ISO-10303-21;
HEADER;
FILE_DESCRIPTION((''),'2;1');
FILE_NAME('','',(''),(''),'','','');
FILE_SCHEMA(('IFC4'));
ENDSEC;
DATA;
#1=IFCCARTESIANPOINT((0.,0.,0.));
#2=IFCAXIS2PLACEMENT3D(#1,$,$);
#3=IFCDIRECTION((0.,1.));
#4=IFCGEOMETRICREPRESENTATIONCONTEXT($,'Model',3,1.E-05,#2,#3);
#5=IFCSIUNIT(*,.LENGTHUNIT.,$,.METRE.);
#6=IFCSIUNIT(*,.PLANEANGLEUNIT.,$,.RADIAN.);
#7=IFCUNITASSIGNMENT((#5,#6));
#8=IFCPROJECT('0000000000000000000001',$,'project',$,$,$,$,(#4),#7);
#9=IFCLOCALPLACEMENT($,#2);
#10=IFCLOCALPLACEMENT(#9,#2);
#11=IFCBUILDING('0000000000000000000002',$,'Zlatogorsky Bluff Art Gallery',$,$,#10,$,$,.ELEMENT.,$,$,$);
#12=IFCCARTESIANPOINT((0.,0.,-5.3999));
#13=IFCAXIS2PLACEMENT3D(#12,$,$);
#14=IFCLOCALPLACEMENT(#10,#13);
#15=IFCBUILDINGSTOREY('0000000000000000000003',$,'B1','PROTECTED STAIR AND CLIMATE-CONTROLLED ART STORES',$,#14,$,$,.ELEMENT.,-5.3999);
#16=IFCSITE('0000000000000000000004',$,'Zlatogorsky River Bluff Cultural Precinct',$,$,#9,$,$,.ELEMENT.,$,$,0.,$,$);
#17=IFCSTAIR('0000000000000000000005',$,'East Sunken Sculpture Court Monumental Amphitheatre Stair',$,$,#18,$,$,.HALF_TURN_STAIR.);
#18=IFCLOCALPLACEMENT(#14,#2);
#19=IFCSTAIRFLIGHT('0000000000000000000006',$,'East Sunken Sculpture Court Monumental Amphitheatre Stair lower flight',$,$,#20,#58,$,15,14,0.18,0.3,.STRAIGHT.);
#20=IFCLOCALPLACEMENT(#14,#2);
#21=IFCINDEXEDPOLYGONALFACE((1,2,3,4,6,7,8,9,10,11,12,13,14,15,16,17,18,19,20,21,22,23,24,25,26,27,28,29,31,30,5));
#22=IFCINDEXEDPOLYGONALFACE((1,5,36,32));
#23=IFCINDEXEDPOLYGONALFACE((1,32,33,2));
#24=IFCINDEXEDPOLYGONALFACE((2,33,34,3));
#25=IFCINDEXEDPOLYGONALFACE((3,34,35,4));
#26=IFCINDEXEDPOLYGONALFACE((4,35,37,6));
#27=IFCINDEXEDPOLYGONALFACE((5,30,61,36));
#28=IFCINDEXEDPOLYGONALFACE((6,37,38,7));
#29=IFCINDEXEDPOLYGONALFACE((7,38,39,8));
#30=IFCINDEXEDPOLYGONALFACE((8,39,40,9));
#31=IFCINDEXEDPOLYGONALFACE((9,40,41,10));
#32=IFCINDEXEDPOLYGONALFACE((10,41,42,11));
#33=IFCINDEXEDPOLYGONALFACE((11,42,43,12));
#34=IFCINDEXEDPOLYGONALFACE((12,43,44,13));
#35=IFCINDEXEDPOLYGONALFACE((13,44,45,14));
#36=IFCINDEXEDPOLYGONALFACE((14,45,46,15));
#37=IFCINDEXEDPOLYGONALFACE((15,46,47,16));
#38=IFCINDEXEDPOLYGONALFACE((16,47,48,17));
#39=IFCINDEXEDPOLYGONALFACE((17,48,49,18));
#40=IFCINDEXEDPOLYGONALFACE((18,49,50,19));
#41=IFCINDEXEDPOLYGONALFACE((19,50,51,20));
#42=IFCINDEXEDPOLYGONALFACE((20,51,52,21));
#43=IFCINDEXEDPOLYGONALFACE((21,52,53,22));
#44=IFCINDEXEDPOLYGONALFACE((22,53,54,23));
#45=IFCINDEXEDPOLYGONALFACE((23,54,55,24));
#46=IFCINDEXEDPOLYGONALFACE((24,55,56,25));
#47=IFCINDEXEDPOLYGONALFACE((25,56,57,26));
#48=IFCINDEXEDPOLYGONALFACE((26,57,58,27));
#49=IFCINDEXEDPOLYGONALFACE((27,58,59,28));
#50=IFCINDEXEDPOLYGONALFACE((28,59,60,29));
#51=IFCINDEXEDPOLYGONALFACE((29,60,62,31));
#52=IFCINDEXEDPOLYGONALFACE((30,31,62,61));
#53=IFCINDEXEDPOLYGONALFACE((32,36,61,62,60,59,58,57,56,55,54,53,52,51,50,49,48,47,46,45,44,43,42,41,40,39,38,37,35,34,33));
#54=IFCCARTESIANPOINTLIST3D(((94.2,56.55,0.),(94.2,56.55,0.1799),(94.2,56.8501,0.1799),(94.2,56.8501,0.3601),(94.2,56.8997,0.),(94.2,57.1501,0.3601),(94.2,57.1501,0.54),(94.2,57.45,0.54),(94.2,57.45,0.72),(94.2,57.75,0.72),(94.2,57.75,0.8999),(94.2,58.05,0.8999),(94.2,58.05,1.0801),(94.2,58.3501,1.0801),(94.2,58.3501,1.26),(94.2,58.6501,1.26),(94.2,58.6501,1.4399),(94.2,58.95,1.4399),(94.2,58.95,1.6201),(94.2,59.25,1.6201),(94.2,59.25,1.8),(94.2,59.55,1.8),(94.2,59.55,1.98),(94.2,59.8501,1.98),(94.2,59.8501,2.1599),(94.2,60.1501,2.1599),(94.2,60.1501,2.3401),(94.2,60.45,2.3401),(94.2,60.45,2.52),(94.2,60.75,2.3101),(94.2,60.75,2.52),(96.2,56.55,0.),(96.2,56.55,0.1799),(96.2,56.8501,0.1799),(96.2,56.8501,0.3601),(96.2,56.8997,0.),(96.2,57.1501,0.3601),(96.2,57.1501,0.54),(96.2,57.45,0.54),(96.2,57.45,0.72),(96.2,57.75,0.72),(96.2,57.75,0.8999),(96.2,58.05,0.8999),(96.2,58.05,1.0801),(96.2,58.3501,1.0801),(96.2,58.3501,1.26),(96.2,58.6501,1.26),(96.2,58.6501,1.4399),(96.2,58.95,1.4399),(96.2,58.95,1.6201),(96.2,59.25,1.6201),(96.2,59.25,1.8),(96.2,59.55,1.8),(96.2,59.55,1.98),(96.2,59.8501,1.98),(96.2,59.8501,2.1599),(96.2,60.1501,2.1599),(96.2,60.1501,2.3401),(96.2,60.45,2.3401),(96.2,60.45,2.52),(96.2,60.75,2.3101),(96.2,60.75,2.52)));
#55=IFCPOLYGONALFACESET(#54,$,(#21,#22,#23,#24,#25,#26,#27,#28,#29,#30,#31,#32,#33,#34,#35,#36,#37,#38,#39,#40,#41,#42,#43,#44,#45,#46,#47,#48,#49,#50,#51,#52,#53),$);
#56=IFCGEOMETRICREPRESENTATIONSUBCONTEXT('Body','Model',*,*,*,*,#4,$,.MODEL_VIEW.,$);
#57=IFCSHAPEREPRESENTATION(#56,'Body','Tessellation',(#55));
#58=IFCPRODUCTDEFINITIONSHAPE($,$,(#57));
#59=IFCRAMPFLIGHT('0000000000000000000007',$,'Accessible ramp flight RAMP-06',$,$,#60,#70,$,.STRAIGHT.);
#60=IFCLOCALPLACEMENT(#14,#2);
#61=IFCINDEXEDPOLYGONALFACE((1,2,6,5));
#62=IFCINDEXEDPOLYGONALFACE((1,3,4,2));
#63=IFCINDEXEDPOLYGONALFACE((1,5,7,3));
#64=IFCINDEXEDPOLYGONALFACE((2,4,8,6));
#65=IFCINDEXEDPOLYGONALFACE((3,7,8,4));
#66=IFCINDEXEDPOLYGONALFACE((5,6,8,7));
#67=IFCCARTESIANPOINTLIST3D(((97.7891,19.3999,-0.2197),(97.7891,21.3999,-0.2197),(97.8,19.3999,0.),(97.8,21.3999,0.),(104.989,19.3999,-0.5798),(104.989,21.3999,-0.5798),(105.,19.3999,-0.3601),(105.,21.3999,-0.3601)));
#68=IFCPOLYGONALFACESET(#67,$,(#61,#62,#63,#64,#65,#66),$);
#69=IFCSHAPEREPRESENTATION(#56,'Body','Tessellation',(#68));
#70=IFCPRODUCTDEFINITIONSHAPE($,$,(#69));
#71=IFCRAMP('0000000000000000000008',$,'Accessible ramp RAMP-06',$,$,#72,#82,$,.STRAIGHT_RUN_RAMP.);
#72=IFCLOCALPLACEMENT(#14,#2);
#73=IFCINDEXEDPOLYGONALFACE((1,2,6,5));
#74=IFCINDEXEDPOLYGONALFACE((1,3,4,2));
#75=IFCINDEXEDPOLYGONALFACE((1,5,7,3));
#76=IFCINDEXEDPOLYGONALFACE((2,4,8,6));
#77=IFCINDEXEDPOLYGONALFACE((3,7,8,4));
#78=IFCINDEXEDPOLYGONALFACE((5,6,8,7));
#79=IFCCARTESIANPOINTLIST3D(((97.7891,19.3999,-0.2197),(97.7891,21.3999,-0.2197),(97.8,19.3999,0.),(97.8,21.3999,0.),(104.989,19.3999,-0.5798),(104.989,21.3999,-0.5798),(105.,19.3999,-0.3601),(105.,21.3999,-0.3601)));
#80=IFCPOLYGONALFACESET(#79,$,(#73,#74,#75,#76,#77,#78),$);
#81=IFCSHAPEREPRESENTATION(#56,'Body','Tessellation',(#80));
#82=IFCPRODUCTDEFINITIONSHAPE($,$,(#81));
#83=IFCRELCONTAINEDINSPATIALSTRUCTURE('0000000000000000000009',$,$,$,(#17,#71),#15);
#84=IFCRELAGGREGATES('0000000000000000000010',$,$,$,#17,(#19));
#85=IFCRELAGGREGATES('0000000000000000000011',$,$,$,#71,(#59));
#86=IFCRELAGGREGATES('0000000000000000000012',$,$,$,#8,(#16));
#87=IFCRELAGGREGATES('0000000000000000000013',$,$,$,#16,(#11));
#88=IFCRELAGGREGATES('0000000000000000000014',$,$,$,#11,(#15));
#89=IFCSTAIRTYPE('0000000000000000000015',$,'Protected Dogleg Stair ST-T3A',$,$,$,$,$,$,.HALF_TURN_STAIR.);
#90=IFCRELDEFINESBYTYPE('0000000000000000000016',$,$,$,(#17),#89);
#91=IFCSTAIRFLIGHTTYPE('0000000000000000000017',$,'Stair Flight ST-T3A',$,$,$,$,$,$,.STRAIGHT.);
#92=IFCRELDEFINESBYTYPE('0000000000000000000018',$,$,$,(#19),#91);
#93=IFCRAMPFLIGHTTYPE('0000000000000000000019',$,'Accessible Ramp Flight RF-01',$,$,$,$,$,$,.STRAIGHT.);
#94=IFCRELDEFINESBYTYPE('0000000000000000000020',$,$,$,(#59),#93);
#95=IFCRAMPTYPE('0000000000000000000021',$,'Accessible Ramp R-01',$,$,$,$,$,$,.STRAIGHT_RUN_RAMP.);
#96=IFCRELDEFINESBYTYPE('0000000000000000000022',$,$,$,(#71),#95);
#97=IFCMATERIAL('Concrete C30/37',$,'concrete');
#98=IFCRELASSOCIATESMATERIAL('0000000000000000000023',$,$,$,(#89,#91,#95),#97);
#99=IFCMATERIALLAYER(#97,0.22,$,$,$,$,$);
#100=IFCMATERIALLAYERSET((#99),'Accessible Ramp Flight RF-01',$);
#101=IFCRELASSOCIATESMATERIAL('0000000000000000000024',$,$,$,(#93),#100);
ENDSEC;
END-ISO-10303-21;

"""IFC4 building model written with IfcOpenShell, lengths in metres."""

from ifc_helpers import new_model, si_unit, direction, frame, origin, place, context, subcontext, project, spatial, polyline, outline, extrude, material, layer, layer_set, type_object, element, aggregate, save


model = new_model("IFC4")

# Units and contexts
model_context = context("Model", 3, precision=1e-05, world=origin(), true_north=direction((0.0, 1.0)))
body_context = subcontext(model_context, "Body", "Model", "MODEL_VIEW")
ifc_project = project(units=[si_unit("LENGTHUNIT", "METRE"), si_unit("PLANEANGLEUNIT", "RADIAN")], contexts=[model_context])

# Site, building, storey
site_placement = place(None, origin())
site = spatial("IfcSite", under=ifc_project, at=site_placement, Name="Zlatogorsky River Bluff Cultural Precinct", CompositionType="ELEMENT", RefElevation=0.0)
building_placement = place(site_placement, origin())
building = spatial("IfcBuilding", under=site, at=building_placement, Name="Zlatogorsky Bluff Art Gallery", CompositionType="ELEMENT")
storey_placement = place(building_placement, frame((0.0, 0.0, -5.3999)))
storey = spatial("IfcBuildingStorey", under=building, at=storey_placement, Name="B1", Description="PROTECTED STAIR AND CLIMATE-CONTROLLED ART STORES", CompositionType="ELEMENT", Elevation=-5.3999)

# Stair, stair flight
ifc_material_1 = material(Name="Concrete C30/37", Category="concrete")
stair_type = type_object("IfcStairType", Name="Protected Dogleg Stair ST-T3A", PredefinedType="HALF_TURN_STAIR", material=ifc_material_1)
stair_placement = place(storey_placement, origin())
stair = element("IfcStair", 1, at=stair_placement, inside=storey, type_object=stair_type, Name="East Sunken Sculpture Court Monumental Amphitheatre Stair", PredefinedType="HALF_TURN_STAIR")
stair_flight_type = type_object("IfcStairFlightType", Name="Stair Flight ST-T3A", PredefinedType="STRAIGHT", material=ifc_material_1)
stair_flight_placement = place(storey_placement, frame((95.2, 56.55, 0.0), z_axis=(0.0, 0.0, 1.0), x_axis=(0.0, 1.0, 0.0)))
stair_flight = element("IfcStairFlight", 2, at=stair_flight_placement, type_object=stair_flight_type, Name="East Sunken Sculpture Court Monumental Amphitheatre Stair lower flight", NumberOfRisers=15, NumberOfTreads=14, PredefinedType="STRAIGHT", RiserHeight=0.18, TreadLength=0.3, context=body_context, shape_type="SweptSolid", body=[
    extrude(outline(polyline([(0.0, 0.0), (0.0, 0.1799), (0.3, 0.1799), (0.3, 0.3601), (0.6001, 0.3601), (0.6001, 0.54), (0.8999, 0.54), (0.8999, 0.72), (1.2, 0.72), (1.2, 0.8999), (1.5, 0.8999), (1.5, 1.0801), (1.8, 1.0801), (1.8, 1.26), (2.1001, 1.26), (2.1001, 1.4399), (2.3999, 1.4399), (2.3999, 1.6201), (2.7, 1.6201), (2.7, 1.8), (3.0, 1.8), (3.0, 1.98), (3.3, 1.98), (3.3, 2.1599), (3.6001, 2.1599), (3.6001, 2.3401), (3.8999, 2.3401), (3.8999, 2.52), (4.2, 2.52), (4.2, 2.7), (4.2, 2.3101), (0.3496, 0.0), (0.0, 0.0)])), frame((0.0, 1.0, 0.0), z_axis=(0.0, -1.0, 0.0), x_axis=(1.0, 0.0, 0.0)), (0.0, 0.0, 1.0), 2.0),
])
aggregate(stair, [stair_flight])

# Ramp flight
ifc_layer_1 = layer(ifc_material_1, 0.22)
ifc_layer_set_1 = layer_set([ifc_layer_1], Name="Accessible Ramp Flight RF-01")
ramp_flight_type = type_object("IfcRampFlightType", Name="Accessible Ramp Flight RF-01", PredefinedType="STRAIGHT", material=ifc_layer_set_1)
ramp_flight_placement = place(storey_placement, frame((105.0, 21.3999, -0.3601), z_axis=(0.049953, 0.0, 0.998752), x_axis=(-0.998752, 0.0, 0.049953)))
ramp_flight = element("IfcRampFlight", 3, at=ramp_flight_placement, type_object=ramp_flight_type, Name="Accessible ramp flight RAMP-06", PredefinedType="STRAIGHT", context=body_context, shape_type="SweptSolid", body=[
    extrude(outline(polyline([(0.0, 0.0), (7.209, 0.0), (7.209, 2.0), (0.0, 2.0), (0.0, 0.0)])), origin(), (0.0, 0.0, -1.0), 0.22),
])

# Ramp
ramp_type = type_object("IfcRampType", Name="Accessible Ramp R-01", PredefinedType="STRAIGHT_RUN_RAMP", material=ifc_material_1)
ramp_placement = place(storey_placement, frame((105.0, 21.3999, -0.3601), z_axis=(0.049953, 0.0, 0.998752), x_axis=(-0.998752, 0.0, 0.049953)))
ramp = element("IfcRamp", 4, at=ramp_placement, inside=storey, type_object=ramp_type, Name="Accessible ramp RAMP-06", PredefinedType="STRAIGHT_RUN_RAMP", context=body_context, shape_type="SweptSolid", body=[
    extrude(outline(polyline([(0.0, 0.0), (7.209, 0.0), (7.209, 2.0), (0.0, 2.0), (0.0, 0.0)])), origin(), (0.0, 0.0, -1.0), 0.22),
])
aggregate(ramp, [ramp_flight])

save(model, "model.ifc")
